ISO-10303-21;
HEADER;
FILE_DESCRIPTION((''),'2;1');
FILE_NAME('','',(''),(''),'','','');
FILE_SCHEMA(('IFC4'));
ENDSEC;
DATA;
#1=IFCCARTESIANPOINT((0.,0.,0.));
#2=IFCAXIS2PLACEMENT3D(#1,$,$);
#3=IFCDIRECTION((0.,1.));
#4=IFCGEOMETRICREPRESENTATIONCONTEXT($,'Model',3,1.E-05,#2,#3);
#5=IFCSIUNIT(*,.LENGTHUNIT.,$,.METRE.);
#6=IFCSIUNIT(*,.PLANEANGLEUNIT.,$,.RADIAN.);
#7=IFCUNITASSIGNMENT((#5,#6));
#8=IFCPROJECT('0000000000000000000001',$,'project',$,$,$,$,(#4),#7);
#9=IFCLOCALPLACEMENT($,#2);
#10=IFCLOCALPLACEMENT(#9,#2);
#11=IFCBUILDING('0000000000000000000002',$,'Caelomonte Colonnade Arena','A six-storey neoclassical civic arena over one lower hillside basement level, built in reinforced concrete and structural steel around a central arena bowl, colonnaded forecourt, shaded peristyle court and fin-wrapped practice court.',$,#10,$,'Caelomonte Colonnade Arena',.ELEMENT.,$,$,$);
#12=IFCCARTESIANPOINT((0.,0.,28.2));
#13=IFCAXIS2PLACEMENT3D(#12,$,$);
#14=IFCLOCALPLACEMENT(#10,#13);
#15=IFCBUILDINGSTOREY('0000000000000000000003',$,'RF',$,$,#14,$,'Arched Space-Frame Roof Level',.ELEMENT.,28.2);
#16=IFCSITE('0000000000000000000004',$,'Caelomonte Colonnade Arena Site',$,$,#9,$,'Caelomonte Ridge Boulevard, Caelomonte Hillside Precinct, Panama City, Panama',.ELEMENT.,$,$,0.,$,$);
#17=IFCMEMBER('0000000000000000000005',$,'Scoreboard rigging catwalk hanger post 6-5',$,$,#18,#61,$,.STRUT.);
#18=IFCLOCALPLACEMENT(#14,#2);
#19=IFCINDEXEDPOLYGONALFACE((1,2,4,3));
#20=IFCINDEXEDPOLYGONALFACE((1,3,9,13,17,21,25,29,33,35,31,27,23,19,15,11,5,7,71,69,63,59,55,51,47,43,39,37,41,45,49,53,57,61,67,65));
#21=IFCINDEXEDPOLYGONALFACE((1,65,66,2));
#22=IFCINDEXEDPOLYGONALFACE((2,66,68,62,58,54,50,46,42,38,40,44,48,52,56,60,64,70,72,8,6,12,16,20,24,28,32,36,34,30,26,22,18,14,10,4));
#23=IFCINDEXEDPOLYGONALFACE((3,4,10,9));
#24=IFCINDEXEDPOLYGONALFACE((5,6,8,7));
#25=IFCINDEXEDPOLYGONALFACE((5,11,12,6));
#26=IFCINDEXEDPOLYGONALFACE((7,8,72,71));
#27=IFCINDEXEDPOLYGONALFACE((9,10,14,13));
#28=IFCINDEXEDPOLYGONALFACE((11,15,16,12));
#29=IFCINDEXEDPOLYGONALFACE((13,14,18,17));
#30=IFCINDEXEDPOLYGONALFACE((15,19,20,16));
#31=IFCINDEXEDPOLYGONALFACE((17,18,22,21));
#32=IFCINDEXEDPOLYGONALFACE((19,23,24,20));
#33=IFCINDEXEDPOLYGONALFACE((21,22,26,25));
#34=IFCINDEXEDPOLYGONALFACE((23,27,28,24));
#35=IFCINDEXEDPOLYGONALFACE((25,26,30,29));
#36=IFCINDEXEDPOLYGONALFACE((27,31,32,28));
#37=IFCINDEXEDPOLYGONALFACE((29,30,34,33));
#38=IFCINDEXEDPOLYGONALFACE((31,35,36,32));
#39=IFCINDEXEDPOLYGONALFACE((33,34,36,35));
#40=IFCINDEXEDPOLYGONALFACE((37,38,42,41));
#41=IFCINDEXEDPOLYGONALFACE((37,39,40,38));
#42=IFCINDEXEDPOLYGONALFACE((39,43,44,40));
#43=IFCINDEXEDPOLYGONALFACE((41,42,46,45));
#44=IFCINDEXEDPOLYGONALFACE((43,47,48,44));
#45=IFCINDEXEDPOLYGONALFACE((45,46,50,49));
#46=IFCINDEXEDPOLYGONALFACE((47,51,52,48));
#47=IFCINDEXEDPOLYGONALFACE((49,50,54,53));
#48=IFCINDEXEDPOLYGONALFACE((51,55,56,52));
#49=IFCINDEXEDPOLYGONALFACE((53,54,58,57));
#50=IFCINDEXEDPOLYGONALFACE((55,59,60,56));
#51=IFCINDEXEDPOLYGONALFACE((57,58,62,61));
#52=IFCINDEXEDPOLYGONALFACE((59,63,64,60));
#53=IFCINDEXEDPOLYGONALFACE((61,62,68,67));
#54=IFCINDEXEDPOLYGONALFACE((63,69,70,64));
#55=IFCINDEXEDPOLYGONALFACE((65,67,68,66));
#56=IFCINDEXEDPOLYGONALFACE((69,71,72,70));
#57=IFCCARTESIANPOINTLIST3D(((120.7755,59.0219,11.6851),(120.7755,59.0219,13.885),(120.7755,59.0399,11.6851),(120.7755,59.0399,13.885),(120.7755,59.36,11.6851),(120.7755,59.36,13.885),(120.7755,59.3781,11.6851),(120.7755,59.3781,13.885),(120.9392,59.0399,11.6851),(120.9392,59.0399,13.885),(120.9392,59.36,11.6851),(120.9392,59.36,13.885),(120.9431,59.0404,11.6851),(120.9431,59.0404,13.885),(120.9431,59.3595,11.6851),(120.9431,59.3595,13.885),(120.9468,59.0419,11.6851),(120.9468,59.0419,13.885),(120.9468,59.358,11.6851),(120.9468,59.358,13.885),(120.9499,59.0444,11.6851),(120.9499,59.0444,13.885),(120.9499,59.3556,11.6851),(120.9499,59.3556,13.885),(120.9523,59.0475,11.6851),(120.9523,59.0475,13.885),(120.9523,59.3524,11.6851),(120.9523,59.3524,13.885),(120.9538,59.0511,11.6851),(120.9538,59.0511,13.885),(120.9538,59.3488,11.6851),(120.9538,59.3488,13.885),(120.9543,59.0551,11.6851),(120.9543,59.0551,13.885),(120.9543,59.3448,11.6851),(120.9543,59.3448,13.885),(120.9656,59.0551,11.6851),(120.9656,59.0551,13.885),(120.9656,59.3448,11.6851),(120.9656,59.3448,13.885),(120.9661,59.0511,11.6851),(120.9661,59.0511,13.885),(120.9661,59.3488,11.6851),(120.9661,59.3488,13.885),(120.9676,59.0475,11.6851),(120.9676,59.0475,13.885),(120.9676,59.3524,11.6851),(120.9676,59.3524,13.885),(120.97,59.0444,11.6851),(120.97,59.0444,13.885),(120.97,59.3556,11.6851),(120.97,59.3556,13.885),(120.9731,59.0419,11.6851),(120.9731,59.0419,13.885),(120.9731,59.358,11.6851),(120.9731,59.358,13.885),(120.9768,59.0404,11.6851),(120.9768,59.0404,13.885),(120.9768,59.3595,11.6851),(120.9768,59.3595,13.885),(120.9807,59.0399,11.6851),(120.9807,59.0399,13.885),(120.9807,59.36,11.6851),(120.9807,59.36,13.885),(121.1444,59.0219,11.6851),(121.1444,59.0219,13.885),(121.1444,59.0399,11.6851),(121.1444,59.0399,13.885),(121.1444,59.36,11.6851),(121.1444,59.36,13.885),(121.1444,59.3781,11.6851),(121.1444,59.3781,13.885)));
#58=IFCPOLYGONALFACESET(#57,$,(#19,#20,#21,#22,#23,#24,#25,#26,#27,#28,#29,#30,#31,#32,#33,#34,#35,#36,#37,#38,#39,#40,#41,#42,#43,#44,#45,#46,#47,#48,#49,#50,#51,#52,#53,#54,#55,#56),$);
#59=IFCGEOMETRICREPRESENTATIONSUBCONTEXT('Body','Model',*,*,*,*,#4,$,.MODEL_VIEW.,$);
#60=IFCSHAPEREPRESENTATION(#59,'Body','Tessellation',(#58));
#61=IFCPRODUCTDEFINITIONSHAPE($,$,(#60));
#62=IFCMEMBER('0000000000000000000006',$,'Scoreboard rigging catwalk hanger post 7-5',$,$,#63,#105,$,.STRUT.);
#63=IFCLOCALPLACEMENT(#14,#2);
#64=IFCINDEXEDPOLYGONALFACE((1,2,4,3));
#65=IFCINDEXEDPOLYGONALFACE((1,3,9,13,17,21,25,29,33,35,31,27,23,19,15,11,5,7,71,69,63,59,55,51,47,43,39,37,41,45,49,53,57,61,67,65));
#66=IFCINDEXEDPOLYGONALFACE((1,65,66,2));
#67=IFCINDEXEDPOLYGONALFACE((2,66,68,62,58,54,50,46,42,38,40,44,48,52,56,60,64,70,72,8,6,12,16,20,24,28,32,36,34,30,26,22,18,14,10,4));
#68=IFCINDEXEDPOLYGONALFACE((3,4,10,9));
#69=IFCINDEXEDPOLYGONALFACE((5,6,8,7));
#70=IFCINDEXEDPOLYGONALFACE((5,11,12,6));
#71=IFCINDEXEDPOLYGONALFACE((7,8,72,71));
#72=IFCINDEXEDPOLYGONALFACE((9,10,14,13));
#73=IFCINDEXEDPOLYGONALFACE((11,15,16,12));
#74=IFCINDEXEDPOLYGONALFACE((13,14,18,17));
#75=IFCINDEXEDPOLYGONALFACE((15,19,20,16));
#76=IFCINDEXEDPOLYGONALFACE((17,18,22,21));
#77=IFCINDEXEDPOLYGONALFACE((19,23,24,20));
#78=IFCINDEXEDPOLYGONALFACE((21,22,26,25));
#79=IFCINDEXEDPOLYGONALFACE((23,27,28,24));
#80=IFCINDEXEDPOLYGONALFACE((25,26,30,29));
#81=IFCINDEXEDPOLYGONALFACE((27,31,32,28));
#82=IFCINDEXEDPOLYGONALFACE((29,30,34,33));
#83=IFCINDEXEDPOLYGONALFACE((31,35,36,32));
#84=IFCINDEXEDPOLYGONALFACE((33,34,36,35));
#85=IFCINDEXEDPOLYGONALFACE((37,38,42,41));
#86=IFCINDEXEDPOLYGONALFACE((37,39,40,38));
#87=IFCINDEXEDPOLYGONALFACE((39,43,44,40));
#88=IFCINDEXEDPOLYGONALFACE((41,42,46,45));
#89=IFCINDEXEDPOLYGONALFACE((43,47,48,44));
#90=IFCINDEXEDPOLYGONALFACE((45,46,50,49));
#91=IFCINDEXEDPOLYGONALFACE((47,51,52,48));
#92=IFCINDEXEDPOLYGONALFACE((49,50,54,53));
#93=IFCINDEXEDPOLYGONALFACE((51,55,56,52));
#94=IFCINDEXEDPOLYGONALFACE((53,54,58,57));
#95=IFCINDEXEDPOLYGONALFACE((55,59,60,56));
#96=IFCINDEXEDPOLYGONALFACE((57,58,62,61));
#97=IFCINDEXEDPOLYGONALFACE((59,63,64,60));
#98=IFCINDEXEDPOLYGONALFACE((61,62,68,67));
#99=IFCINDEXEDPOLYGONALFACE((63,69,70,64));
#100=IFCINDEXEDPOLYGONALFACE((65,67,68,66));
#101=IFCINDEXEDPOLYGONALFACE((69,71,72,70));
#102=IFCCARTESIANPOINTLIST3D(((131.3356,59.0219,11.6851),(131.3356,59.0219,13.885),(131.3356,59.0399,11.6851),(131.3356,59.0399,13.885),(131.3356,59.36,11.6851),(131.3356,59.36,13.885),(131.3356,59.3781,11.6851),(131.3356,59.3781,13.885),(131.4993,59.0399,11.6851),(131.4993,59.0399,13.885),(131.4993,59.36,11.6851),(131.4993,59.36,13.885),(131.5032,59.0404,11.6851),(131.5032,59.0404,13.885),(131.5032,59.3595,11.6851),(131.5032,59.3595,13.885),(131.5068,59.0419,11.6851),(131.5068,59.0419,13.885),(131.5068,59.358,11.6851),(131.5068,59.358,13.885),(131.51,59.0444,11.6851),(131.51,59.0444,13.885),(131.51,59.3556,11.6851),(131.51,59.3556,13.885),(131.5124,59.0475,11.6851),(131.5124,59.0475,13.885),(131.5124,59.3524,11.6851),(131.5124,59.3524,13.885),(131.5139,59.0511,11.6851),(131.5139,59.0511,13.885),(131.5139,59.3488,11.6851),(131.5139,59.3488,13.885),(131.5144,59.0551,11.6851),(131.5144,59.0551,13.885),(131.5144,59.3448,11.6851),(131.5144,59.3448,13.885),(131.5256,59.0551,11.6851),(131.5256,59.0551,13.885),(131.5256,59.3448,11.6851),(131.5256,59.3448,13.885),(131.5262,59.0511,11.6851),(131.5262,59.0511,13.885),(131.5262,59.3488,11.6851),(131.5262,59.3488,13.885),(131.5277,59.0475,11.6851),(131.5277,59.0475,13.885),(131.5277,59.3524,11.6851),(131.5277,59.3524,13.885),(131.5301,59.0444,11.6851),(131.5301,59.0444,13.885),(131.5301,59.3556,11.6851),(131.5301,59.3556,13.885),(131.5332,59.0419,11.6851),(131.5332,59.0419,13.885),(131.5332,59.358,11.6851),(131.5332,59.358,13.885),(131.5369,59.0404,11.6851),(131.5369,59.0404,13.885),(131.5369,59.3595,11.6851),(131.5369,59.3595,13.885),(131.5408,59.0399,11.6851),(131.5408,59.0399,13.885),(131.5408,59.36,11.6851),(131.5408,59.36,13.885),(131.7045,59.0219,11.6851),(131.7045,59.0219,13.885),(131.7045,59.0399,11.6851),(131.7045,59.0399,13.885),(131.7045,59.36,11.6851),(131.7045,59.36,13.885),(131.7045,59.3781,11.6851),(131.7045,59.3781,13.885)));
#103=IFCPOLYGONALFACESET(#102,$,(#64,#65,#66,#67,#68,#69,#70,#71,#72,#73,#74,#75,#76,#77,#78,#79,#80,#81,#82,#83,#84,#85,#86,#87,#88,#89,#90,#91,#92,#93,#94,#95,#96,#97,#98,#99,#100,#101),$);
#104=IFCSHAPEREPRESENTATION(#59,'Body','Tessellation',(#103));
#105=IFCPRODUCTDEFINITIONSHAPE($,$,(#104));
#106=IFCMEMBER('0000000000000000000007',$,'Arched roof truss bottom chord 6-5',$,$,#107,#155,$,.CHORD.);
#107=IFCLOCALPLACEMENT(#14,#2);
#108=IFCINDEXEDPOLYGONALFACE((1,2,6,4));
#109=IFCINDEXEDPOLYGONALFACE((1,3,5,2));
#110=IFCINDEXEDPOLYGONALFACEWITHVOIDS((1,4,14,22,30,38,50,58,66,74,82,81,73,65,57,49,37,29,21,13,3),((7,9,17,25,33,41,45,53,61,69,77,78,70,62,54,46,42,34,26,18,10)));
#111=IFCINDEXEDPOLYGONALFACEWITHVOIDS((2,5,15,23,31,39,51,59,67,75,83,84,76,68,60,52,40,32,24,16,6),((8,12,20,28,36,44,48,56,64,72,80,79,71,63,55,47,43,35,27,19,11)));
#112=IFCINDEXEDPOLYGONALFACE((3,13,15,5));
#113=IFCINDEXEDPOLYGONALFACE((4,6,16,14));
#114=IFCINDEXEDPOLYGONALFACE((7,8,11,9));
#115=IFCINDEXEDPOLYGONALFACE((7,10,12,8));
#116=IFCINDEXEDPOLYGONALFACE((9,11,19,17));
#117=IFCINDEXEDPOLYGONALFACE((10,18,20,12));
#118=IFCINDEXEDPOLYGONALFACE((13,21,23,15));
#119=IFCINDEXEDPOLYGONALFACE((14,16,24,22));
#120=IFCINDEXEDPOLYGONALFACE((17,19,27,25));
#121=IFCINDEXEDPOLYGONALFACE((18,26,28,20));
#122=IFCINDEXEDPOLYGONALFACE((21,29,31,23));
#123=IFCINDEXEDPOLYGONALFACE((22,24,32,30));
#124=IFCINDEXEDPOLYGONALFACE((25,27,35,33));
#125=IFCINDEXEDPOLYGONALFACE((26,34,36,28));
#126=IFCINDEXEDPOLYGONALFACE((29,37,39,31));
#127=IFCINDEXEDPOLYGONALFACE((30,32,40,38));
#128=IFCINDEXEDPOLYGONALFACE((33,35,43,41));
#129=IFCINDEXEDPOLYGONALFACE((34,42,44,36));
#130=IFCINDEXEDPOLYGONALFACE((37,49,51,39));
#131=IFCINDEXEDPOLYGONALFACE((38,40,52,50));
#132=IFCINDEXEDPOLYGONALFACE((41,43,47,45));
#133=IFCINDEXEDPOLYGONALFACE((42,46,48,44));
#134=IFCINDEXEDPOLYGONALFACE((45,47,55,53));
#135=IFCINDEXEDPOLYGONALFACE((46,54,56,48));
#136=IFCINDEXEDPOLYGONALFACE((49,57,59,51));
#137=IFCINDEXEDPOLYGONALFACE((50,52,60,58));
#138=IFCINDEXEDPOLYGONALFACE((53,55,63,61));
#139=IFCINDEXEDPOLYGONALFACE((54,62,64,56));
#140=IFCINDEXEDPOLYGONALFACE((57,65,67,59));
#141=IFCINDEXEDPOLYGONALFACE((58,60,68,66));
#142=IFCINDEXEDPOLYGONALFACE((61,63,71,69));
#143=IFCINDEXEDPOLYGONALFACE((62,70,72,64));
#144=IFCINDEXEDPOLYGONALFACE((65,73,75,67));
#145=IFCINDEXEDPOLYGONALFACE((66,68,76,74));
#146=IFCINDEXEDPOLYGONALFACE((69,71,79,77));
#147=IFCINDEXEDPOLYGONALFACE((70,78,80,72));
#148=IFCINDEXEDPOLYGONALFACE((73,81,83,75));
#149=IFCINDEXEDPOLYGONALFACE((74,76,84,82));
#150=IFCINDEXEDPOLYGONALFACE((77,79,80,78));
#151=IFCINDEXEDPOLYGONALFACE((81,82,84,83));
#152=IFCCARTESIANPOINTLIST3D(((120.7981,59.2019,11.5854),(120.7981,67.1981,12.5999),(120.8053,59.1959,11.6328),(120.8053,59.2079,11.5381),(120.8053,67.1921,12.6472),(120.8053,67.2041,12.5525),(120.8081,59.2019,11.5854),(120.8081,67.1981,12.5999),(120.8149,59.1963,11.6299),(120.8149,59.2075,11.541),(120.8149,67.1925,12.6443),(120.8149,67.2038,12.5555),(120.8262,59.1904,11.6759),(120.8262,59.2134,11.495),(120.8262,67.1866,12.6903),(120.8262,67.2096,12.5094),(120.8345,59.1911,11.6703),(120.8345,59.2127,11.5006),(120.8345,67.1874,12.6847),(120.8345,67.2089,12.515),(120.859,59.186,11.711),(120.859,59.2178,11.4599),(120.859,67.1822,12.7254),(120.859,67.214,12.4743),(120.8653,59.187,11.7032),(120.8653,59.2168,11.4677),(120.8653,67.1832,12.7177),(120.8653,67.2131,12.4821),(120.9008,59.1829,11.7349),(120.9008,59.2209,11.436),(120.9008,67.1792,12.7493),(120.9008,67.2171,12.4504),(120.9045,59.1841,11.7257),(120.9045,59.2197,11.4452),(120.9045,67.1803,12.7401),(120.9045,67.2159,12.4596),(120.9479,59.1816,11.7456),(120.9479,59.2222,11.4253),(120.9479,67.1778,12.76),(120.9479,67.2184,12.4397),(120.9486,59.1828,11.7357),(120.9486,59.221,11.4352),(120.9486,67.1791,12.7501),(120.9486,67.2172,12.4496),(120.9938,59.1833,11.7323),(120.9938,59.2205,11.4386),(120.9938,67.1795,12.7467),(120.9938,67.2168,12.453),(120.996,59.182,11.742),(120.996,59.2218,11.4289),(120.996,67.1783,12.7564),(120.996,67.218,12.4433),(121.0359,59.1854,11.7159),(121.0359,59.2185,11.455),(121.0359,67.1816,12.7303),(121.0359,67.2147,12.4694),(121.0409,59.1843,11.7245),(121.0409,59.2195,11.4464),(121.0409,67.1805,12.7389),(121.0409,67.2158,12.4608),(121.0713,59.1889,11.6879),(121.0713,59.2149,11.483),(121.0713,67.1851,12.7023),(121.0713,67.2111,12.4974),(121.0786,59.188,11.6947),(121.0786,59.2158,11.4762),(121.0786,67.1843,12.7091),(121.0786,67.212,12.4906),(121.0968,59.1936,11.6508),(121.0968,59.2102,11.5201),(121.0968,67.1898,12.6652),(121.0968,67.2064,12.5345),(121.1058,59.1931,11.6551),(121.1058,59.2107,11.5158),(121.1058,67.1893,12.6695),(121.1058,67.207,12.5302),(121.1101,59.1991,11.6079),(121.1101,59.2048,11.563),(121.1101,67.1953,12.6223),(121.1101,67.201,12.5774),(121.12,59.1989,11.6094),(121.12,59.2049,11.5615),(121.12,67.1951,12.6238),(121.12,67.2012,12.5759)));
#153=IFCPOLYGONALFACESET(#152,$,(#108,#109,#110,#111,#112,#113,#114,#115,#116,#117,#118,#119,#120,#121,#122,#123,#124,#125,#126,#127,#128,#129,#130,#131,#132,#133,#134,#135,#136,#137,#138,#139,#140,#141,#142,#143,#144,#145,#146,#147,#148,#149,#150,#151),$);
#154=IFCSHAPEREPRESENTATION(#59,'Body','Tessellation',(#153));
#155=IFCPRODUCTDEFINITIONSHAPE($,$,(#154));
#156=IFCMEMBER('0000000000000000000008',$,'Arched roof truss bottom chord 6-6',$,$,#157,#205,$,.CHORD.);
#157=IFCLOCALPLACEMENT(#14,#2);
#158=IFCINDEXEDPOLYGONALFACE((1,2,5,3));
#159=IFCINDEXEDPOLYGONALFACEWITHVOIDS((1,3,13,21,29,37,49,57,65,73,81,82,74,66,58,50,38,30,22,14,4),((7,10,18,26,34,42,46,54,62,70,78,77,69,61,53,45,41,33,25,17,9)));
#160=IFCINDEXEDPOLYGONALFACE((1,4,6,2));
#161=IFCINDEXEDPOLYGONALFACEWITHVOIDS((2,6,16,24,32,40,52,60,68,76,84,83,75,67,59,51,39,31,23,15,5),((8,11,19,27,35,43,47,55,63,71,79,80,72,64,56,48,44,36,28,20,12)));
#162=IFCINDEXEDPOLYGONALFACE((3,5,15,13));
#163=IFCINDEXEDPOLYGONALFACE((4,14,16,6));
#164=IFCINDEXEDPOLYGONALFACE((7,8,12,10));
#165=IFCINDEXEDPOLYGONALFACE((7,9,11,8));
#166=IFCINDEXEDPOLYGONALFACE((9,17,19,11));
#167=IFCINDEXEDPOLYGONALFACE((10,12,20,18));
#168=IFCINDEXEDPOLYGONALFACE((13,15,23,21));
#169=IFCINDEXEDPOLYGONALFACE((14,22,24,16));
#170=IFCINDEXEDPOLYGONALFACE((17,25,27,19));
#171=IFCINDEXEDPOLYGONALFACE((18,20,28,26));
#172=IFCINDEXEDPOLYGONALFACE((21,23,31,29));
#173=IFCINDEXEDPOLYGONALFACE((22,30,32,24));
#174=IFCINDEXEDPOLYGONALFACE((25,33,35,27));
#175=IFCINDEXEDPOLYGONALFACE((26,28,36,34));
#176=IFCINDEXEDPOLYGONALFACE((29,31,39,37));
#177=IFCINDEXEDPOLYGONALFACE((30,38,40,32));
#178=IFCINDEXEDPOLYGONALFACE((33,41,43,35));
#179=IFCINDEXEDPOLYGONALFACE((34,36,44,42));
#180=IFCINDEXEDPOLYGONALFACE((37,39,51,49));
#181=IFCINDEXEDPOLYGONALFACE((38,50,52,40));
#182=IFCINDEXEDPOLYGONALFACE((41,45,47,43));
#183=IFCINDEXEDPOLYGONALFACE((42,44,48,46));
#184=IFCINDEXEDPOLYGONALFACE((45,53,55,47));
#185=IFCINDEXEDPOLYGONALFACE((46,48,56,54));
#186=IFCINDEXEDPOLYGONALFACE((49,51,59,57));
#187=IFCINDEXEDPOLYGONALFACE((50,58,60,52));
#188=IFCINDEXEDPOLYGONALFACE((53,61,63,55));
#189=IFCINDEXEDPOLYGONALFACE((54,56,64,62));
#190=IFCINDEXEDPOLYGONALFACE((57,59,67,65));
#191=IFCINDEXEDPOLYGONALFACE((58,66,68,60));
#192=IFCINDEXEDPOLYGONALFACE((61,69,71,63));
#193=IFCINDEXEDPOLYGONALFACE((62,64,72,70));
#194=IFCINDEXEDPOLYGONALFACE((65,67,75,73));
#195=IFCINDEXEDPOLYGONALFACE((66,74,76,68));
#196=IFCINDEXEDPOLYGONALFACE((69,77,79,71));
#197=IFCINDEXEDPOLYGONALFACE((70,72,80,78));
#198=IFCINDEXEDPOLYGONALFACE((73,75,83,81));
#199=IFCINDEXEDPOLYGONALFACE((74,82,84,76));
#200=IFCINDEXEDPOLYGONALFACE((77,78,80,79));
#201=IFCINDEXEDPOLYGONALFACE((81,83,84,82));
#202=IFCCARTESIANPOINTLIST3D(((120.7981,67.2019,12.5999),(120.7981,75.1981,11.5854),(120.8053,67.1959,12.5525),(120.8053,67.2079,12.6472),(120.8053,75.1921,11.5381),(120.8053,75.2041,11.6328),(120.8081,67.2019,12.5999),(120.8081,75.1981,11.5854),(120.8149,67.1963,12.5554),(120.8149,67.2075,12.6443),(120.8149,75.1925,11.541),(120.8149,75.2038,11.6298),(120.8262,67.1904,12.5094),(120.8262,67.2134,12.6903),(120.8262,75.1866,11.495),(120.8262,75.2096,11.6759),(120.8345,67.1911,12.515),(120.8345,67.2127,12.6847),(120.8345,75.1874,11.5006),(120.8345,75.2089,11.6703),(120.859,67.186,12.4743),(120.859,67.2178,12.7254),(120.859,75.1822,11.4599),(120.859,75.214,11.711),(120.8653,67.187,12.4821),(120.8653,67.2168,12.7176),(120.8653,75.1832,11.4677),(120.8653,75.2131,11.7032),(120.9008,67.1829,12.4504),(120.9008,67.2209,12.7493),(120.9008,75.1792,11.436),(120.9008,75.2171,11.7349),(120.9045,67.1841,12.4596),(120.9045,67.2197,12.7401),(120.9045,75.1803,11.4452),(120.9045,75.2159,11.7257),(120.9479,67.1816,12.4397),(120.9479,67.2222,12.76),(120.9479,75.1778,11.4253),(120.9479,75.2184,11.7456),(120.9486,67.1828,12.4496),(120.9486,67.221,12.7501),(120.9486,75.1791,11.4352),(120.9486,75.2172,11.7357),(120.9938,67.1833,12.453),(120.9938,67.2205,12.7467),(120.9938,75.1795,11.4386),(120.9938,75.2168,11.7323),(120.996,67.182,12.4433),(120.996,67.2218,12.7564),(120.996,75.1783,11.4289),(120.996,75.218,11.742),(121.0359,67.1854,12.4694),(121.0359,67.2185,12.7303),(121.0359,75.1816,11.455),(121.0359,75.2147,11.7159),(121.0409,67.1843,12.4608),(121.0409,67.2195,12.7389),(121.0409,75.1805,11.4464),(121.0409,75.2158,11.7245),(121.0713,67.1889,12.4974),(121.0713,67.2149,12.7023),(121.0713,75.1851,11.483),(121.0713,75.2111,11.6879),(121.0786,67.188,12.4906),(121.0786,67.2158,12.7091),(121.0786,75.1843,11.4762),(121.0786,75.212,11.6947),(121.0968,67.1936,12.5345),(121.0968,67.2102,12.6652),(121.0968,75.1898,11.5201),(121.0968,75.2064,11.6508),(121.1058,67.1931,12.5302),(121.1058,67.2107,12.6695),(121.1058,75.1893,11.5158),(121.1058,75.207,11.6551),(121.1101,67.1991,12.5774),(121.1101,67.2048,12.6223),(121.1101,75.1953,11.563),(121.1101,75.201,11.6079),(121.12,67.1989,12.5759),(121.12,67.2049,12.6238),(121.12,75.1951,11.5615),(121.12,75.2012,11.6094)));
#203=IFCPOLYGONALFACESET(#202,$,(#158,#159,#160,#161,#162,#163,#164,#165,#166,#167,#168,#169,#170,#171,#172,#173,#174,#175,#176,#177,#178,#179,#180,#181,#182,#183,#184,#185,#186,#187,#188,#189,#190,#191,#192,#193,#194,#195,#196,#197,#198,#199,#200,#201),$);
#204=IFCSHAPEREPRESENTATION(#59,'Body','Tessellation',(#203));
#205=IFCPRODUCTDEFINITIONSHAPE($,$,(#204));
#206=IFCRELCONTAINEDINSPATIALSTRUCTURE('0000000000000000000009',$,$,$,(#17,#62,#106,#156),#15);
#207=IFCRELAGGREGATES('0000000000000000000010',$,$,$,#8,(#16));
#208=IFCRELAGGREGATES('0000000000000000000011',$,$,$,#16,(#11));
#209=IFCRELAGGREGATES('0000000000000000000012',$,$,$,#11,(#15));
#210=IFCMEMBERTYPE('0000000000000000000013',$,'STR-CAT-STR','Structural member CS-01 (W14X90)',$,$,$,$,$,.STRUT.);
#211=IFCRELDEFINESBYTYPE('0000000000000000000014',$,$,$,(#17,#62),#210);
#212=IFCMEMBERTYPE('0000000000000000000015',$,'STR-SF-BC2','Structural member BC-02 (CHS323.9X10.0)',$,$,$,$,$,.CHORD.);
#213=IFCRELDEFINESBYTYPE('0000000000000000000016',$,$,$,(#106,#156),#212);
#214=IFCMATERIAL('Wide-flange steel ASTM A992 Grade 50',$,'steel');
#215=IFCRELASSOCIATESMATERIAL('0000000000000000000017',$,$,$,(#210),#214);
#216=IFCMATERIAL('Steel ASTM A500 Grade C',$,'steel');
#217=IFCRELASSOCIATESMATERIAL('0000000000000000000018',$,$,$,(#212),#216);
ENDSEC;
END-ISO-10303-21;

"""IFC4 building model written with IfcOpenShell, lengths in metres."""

from ifc_helpers import new_model, si_unit, direction, frame, origin, origin_2d, place, context, subcontext, project, spatial, hollow_circle, i_section, extrude, material, material_profile, profile_set, type_object, element, save


model = new_model("IFC4")

# Units and contexts
model_context = context("Model", 3, precision=1e-05, world=origin(), true_north=direction((0.0, 1.0)))
body_context = subcontext(model_context, "Body", "Model", "MODEL_VIEW")
ifc_project = project(units=[si_unit("LENGTHUNIT", "METRE"), si_unit("PLANEANGLEUNIT", "RADIAN")], contexts=[model_context])

# Site, building, storey
site_placement = place(None, origin())
site = spatial("IfcSite", under=ifc_project, at=site_placement, Name="Caelomonte Colonnade Arena Site", LongName="Caelomonte Ridge Boulevard, Caelomonte Hillside Precinct, Panama City, Panama", CompositionType="ELEMENT", RefElevation=0.0)
building_placement = place(site_placement, origin())
building = spatial("IfcBuilding", under=site, at=building_placement, Name="Caelomonte Colonnade Arena", Description="A six-storey neoclassical civic arena over one lower hillside basement level, built in reinforced concrete and structural steel around a central arena bowl, colonnaded forecourt, shaded peristyle court and fin-wrapped practice court.", LongName="Caelomonte Colonnade Arena", CompositionType="ELEMENT")
storey_placement = place(building_placement, frame((0.0, 0.0, 28.2)))
storey = spatial("IfcBuildingStorey", under=building, at=storey_placement, Name="RF", LongName="Arched Space-Frame Roof Level", CompositionType="ELEMENT", Elevation=28.2)

# Members
ifc_material_1 = material(Name="Wide-flange steel ASTM A992 Grade 50", Category="steel")
ifc_material_profile_1 = material_profile(ifc_material_1, i_section(OverallWidth=0.3689, OverallDepth=0.3562, WebThickness=0.0112, FlangeThickness=0.0181, FilletRadius=0.0151, at=origin_2d()), Name="W14X90")
ifc_profile_set_1 = profile_set([ifc_material_profile_1], Name="Wide-flange steel ASTM A992 Grade 50")
member_type_1 = type_object("IfcMemberType", Name="STR-CAT-STR", Description="Structural member CS-01 (W14X90)", PredefinedType="STRUT", material=ifc_profile_set_1)
for number, where, z_axis, x_axis, name in (
    (1, (120.96, 59.2, 11.6851), (0.0, 0.0, 1.0), (1.0, 0.0, 0.0), "Scoreboard rigging catwalk hanger post 6-5"),
    (2, (131.52, 59.2, 11.6851), (0.0, 0.0, 1.0), (1.0, 0.0, 0.0), "Scoreboard rigging catwalk hanger post 7-5"),
):
    element("IfcMember", number, at=place(storey_placement, frame(where, z_axis=z_axis, x_axis=x_axis)), inside=storey, type_object=member_type_1, Name=name, PredefinedType="STRUT", context=body_context, shape_type="SweptSolid", body=[
        extrude(i_section(OverallWidth=0.3689, OverallDepth=0.3562, WebThickness=0.0112, FlangeThickness=0.0181, FilletRadius=0.0151, at=origin_2d()), origin(), (0.0, 0.0, 1.0), 2.2),
    ])
ifc_material_2 = material(Name="Steel ASTM A500 Grade C", Category="steel")
ifc_material_profile_2 = material_profile(ifc_material_2, hollow_circle(Radius=0.1619, WallThickness=0.01, at=origin_2d()), Name="CHS323.9X10.0")
ifc_profile_set_2 = profile_set([ifc_material_profile_2], Name="Steel ASTM A500 Grade C")
member_type_2 = type_object("IfcMemberType", Name="STR-SF-BC2", Description="Structural member BC-02 (CHS323.9X10.0)", PredefinedType="CHORD", material=ifc_profile_set_2)
for number, where, z_axis, x_axis, name in (
    (3, (120.96, 59.2019, 11.5854), (0.0, 0.992049, 0.125854), (-1.0, 0.0, 0.0), "Arched roof truss bottom chord 6-5"),
    (4, (120.96, 67.2019, 12.5999), (0.0, 0.992049, -0.125854), (-1.0, 0.0, 0.0), "Arched roof truss bottom chord 6-6"),
):
    element("IfcMember", number, at=place(storey_placement, frame(where, z_axis=z_axis, x_axis=x_axis)), inside=storey, type_object=member_type_2, Name=name, PredefinedType="CHORD", context=body_context, shape_type="SweptSolid", body=[
        extrude(hollow_circle(Radius=0.1619, WallThickness=0.01, at=origin_2d()), origin(), (0.0, 0.0, 1.0), 8.0603),
    ])

save(model, "model.ifc")
